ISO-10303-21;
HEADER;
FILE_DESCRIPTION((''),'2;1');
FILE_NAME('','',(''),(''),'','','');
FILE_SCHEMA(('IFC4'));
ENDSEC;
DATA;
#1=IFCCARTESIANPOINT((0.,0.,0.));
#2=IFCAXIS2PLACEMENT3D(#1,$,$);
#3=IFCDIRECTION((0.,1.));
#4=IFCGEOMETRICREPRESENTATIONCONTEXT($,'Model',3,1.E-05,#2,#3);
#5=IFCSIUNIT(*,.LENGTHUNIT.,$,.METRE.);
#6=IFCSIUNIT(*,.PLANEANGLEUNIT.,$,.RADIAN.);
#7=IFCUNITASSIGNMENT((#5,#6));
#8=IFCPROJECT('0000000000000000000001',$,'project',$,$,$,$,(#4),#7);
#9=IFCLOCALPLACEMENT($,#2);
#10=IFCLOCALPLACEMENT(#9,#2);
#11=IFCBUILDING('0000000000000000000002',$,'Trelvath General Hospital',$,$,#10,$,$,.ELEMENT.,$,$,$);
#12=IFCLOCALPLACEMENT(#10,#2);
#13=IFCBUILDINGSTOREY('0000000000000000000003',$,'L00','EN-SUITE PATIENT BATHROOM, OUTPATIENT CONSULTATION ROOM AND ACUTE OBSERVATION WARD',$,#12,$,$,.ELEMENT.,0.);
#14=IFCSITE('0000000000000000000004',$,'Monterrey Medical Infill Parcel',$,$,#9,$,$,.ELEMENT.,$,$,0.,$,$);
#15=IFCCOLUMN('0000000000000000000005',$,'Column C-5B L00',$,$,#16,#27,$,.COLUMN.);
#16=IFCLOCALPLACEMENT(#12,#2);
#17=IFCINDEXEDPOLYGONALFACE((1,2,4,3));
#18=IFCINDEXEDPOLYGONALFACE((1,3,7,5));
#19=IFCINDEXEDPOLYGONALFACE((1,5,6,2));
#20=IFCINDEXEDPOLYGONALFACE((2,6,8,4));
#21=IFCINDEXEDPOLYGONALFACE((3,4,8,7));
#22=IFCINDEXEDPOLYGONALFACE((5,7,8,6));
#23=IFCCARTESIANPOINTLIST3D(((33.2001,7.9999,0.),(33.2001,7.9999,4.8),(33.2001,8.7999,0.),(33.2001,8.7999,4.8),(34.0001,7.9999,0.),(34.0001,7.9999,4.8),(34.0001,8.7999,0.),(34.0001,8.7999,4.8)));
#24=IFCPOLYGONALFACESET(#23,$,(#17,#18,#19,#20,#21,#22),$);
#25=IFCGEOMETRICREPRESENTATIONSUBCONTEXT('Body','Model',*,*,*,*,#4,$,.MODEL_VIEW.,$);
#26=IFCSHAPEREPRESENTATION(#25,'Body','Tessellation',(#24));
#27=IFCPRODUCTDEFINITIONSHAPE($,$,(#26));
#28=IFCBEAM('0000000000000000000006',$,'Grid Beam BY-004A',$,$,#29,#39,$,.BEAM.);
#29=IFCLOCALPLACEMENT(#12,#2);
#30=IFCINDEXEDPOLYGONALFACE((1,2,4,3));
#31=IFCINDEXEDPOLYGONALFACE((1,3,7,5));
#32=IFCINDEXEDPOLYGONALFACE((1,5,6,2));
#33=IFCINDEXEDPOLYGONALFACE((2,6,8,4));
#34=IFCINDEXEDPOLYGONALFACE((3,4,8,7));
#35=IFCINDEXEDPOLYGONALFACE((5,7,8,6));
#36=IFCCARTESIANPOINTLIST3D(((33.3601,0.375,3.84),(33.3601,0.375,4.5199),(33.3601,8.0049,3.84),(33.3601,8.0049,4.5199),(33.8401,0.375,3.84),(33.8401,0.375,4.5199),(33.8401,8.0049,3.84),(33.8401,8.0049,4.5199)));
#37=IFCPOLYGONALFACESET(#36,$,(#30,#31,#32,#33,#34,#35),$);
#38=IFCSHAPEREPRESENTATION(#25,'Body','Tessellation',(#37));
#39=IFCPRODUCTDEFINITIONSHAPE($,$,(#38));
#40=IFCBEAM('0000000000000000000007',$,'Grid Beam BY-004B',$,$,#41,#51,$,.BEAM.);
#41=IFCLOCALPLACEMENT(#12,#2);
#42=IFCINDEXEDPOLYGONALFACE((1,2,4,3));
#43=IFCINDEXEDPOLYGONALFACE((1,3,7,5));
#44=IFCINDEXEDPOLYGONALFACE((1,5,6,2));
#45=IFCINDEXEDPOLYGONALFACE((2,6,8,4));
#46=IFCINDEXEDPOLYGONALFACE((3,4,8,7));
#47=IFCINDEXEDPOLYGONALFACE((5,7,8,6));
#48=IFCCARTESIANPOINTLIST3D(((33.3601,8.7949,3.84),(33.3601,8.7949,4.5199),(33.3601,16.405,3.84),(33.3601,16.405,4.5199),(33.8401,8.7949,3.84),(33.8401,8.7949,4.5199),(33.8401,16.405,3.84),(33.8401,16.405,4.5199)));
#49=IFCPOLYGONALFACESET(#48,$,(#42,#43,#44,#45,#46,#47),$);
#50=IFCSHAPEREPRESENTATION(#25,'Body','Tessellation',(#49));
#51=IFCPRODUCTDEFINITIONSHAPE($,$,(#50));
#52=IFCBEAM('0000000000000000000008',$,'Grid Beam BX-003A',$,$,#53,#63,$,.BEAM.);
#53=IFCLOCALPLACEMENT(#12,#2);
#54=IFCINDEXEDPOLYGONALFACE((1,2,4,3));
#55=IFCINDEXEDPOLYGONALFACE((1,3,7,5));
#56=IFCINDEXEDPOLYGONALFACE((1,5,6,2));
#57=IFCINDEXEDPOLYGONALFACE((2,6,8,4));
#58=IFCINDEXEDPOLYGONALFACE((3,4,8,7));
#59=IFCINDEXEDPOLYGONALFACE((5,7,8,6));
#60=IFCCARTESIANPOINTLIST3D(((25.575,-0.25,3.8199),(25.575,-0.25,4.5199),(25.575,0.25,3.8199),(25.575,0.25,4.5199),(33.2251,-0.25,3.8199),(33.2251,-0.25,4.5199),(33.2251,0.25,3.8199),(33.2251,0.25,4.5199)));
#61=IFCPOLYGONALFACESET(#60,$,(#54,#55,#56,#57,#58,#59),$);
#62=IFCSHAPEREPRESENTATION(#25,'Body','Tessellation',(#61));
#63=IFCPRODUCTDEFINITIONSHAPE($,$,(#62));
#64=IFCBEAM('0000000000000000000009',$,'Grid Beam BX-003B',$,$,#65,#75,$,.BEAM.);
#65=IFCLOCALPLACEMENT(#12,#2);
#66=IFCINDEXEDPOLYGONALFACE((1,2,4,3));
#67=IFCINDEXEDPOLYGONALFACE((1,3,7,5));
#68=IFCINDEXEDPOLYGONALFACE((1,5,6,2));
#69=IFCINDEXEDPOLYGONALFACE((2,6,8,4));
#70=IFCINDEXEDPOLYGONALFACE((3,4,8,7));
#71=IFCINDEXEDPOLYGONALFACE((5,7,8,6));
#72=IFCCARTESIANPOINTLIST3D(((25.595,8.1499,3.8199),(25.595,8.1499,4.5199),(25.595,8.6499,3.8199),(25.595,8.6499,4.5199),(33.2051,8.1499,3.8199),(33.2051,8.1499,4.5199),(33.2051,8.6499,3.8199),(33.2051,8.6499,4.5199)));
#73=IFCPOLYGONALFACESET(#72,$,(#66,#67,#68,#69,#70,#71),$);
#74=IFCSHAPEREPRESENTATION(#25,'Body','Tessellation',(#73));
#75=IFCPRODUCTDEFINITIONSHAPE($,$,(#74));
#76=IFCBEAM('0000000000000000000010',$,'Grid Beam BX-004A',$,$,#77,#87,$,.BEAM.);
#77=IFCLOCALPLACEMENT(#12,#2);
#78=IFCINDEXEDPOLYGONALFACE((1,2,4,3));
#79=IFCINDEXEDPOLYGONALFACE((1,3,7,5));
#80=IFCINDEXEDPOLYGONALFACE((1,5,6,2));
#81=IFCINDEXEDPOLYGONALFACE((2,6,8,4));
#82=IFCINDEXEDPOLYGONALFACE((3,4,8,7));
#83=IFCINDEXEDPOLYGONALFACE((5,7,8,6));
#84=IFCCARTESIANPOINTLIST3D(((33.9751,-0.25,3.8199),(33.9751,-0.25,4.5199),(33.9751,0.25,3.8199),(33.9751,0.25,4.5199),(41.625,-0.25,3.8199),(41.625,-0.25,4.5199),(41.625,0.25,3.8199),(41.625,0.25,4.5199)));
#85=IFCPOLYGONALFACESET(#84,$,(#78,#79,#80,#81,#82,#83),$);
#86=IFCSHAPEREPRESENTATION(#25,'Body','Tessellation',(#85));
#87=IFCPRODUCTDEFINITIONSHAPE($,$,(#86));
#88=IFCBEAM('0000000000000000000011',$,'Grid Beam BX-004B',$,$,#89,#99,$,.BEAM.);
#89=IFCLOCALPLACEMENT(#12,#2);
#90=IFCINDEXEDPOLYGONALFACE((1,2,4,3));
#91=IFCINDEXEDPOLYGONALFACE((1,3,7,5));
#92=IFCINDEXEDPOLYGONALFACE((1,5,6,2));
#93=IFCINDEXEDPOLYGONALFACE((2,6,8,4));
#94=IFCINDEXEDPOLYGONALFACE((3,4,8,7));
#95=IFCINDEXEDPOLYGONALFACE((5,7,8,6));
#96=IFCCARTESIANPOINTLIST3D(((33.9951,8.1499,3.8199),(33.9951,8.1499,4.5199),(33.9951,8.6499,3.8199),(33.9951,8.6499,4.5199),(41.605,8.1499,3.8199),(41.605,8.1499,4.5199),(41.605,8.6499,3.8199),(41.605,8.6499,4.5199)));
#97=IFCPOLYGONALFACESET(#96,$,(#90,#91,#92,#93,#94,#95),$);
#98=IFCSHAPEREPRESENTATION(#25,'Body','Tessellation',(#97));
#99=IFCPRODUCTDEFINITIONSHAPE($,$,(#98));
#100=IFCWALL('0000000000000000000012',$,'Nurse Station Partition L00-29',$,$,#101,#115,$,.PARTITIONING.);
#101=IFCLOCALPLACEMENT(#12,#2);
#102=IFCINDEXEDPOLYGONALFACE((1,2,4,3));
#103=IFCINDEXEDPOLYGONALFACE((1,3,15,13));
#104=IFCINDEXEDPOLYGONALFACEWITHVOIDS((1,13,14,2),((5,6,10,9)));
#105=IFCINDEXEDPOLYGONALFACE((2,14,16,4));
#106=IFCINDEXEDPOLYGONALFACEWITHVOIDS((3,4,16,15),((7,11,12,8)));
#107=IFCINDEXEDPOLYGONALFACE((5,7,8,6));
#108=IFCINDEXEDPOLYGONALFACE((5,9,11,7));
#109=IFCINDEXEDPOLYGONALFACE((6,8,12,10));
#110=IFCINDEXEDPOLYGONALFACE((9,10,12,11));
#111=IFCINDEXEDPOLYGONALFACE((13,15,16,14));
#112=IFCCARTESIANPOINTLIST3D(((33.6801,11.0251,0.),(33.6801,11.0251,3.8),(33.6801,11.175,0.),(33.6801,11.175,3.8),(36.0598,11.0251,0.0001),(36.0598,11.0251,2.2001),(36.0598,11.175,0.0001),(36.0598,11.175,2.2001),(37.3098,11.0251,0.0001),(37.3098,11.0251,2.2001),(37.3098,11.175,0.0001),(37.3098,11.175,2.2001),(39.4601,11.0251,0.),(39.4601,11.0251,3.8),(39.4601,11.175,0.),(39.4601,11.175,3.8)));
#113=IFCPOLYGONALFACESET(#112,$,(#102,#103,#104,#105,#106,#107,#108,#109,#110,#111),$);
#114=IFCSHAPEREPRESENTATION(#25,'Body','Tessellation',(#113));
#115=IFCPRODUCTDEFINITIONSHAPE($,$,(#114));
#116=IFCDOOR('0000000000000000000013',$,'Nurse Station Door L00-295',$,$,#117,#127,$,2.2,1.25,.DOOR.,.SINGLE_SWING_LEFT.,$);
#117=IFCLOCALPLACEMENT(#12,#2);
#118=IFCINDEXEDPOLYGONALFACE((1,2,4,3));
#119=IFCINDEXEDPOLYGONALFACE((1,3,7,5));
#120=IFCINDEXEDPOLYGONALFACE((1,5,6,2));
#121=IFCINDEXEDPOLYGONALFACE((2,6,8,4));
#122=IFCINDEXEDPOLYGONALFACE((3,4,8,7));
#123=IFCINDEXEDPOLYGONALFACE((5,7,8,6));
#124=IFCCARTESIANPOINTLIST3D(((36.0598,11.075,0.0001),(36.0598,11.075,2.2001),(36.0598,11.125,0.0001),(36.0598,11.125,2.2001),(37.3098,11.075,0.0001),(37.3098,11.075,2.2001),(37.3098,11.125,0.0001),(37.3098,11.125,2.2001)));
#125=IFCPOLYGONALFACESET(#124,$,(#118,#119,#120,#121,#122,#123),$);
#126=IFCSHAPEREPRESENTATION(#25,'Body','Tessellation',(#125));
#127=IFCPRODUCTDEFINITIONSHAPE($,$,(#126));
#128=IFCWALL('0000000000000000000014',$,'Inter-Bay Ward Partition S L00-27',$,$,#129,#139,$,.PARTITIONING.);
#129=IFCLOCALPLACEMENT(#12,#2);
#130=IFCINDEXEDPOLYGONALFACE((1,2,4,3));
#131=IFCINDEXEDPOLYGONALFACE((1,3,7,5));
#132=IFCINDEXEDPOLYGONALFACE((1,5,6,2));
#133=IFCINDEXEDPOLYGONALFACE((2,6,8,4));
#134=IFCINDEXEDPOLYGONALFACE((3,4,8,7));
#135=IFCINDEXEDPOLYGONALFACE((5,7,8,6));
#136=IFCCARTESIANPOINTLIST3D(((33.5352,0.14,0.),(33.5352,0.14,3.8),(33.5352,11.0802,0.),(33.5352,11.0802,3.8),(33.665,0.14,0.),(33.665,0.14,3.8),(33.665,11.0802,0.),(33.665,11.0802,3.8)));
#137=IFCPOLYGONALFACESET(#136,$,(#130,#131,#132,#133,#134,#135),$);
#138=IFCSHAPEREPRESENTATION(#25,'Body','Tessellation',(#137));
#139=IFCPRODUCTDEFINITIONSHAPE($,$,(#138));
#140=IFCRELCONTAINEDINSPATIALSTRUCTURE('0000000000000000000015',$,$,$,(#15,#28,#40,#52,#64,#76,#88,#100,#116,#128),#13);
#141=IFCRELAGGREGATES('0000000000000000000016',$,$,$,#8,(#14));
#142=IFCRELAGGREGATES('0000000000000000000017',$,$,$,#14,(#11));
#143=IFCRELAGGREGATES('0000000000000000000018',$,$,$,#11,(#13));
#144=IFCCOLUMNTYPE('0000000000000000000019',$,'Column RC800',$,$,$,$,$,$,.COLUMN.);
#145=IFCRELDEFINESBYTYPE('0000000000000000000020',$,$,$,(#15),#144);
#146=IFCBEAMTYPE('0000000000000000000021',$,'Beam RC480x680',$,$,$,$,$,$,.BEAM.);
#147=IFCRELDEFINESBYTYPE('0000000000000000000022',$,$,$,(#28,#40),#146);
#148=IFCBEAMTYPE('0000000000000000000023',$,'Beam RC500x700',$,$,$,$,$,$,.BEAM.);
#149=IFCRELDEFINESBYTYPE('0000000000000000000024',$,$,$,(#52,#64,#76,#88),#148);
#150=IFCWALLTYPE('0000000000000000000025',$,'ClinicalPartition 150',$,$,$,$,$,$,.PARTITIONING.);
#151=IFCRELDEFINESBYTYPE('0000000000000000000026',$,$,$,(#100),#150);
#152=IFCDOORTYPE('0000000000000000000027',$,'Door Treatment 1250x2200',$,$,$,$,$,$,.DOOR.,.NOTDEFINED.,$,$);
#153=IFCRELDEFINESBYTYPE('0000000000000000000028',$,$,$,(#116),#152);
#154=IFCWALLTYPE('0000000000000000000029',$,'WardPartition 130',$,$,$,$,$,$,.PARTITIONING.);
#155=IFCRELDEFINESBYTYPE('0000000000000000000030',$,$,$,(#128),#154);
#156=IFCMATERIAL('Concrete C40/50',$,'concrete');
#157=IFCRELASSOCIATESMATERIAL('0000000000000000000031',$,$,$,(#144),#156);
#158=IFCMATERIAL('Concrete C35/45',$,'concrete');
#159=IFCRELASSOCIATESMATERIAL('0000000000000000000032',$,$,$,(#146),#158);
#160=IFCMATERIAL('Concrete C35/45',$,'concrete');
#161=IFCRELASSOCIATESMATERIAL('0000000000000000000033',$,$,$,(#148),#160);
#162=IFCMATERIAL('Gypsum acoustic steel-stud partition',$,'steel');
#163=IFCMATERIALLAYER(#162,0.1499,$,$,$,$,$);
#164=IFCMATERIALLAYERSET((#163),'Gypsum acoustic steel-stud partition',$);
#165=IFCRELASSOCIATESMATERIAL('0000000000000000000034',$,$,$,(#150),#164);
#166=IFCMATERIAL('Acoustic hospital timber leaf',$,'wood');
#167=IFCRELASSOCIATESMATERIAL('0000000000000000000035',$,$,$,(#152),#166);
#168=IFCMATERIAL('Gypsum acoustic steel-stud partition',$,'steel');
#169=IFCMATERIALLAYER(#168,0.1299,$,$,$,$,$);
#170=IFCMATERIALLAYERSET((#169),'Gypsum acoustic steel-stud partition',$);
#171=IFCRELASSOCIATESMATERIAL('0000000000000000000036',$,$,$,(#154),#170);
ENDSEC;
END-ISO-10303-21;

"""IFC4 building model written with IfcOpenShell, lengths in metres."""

from ifc_helpers import new_model, si_unit, direction, frame, frame_2d, origin, origin_2d, place, context, subcontext, project, spatial, rectangle, extrude, material, layer, layer_set, material_profile, profile_set, type_object, element, fill, save


model = new_model("IFC4")

# Units and contexts
model_context = context("Model", 3, precision=1e-05, world=origin(), true_north=direction((0.0, 1.0)))
body_context = subcontext(model_context, "Body", "Model", "MODEL_VIEW")
ifc_project = project(units=[si_unit("LENGTHUNIT", "METRE"), si_unit("PLANEANGLEUNIT", "RADIAN")], contexts=[model_context])

# Site, building, storey
site_placement = place(None, origin())
site = spatial("IfcSite", under=ifc_project, at=site_placement, Name="Monterrey Medical Infill Parcel", CompositionType="ELEMENT", RefElevation=0.0)
building_placement = place(site_placement, origin())
building = spatial("IfcBuilding", under=site, at=building_placement, Name="Trelvath General Hospital", CompositionType="ELEMENT")
storey_placement = place(building_placement, origin())
storey = spatial("IfcBuildingStorey", under=building, at=storey_placement, Name="L00", Description="EN-SUITE PATIENT BATHROOM, OUTPATIENT CONSULTATION ROOM AND ACUTE OBSERVATION WARD", CompositionType="ELEMENT", Elevation=0.0)

# Column
ifc_material_1 = material(Name="Concrete C40/50", Category="concrete")
ifc_material_profile_1 = material_profile(ifc_material_1, rectangle(XDim=0.8, YDim=0.8, at=origin_2d()), Name="RC800x800")
ifc_profile_set_1 = profile_set([ifc_material_profile_1], Name="Concrete C40/50")
column_type_1 = type_object("IfcColumnType", Name="Column RC800", PredefinedType="COLUMN", material=ifc_profile_set_1)
column_1_placement = place(storey_placement, frame((33.6001, 8.3999, 0.0), z_axis=(0.0, 0.0, 1.0), x_axis=(1.0, 0.0, 0.0)))
element("IfcColumn", 1, at=column_1_placement, inside=storey, type_object=column_type_1, Name="Column C-5B L00", PredefinedType="COLUMN", context=body_context, shape_type="SweptSolid", body=[
    extrude(rectangle(XDim=0.8, YDim=0.8, at=origin_2d()), origin(), (0.0, 0.0, 1.0), 4.8),
])

# Beams
ifc_material_2 = material(Name="Concrete C35/45", Category="concrete")
ifc_material_profile_2 = material_profile(ifc_material_2, rectangle(XDim=0.48, YDim=0.6799, at=origin_2d()), Name="RCB480x680")
ifc_profile_set_2 = profile_set([ifc_material_profile_2], Name="Concrete C35/45")
beam_type_1 = type_object("IfcBeamType", Name="Beam RC480x680", PredefinedType="BEAM", material=ifc_profile_set_2)
beam_1_placement = place(storey_placement, frame((33.6001, 0.375, 4.1799), z_axis=(0.0, 1.0, 0.0), x_axis=(-1.0, 0.0, 0.0)))
element("IfcBeam", 2, at=beam_1_placement, inside=storey, type_object=beam_type_1, Name="Grid Beam BY-004A", PredefinedType="BEAM", context=body_context, shape_type="SweptSolid", body=[
    extrude(rectangle(XDim=0.48, YDim=0.6799, at=origin_2d()), origin(), (0.0, 0.0, 1.0), 7.6299),
])
beam_2_placement = place(storey_placement, frame((33.6001, 8.7949, 4.1799), z_axis=(0.0, 1.0, 0.0), x_axis=(-1.0, 0.0, 0.0)))
element("IfcBeam", 3, at=beam_2_placement, inside=storey, type_object=beam_type_1, Name="Grid Beam BY-004B", PredefinedType="BEAM", context=body_context, shape_type="SweptSolid", body=[
    extrude(rectangle(XDim=0.48, YDim=0.6799, at=origin_2d()), origin(), (0.0, 0.0, 1.0), 7.6101),
])
ifc_material_3 = material(Name="Concrete C35/45", Category="concrete")
ifc_material_profile_3 = material_profile(ifc_material_3, rectangle(XDim=0.5, YDim=0.7, at=origin_2d()), Name="RCB500x700")
ifc_profile_set_3 = profile_set([ifc_material_profile_3], Name="Concrete C35/45")
beam_type_2 = type_object("IfcBeamType", Name="Beam RC500x700", PredefinedType="BEAM", material=ifc_profile_set_3)
beam_3_placement = place(storey_placement, frame((25.575, 0.0, 4.1699), z_axis=(1.0, 0.0, 0.0), x_axis=(0.0, 1.0, 0.0)))
element("IfcBeam", 4, at=beam_3_placement, inside=storey, type_object=beam_type_2, Name="Grid Beam BX-003A", PredefinedType="BEAM", context=body_context, shape_type="SweptSolid", body=[
    extrude(rectangle(XDim=0.5, YDim=0.7, at=origin_2d()), origin(), (0.0, 0.0, 1.0), 7.6501),
])
beam_4_placement = place(storey_placement, frame((25.595, 8.3999, 4.1699), z_axis=(1.0, 0.0, 0.0), x_axis=(0.0, 1.0, 0.0)))
element("IfcBeam", 5, at=beam_4_placement, inside=storey, type_object=beam_type_2, Name="Grid Beam BX-003B", PredefinedType="BEAM", context=body_context, shape_type="SweptSolid", body=[
    extrude(rectangle(XDim=0.5, YDim=0.7, at=origin_2d()), origin(), (0.0, 0.0, 1.0), 7.6101),
])
beam_5_placement = place(storey_placement, frame((33.9751, 0.0, 4.1699), z_axis=(1.0, 0.0, 0.0), x_axis=(0.0, 1.0, 0.0)))
element("IfcBeam", 6, at=beam_5_placement, inside=storey, type_object=beam_type_2, Name="Grid Beam BX-004A", PredefinedType="BEAM", context=body_context, shape_type="SweptSolid", body=[
    extrude(rectangle(XDim=0.5, YDim=0.7, at=origin_2d()), origin(), (0.0, 0.0, 1.0), 7.6499),
])
beam_6_placement = place(storey_placement, frame((33.9951, 8.3999, 4.1699), z_axis=(1.0, 0.0, 0.0), x_axis=(0.0, 1.0, 0.0)))
element("IfcBeam", 7, at=beam_6_placement, inside=storey, type_object=beam_type_2, Name="Grid Beam BX-004B", PredefinedType="BEAM", context=body_context, shape_type="SweptSolid", body=[
    extrude(rectangle(XDim=0.5, YDim=0.7, at=origin_2d()), origin(), (0.0, 0.0, 1.0), 7.6099),
])

# Wall, opening, door
ifc_material_4 = material(Name="Gypsum acoustic steel-stud partition", Category="steel")
ifc_layer_1 = layer(ifc_material_4, 0.1499)
ifc_layer_set_1 = layer_set([ifc_layer_1], Name="Gypsum acoustic steel-stud partition")
wall_type_1 = type_object("IfcWallType", Name="ClinicalPartition 150", PredefinedType="PARTITIONING", material=ifc_layer_set_1)
wall_1_placement = place(storey_placement, frame((33.6799, 11.1001, 0.0), z_axis=(0.0, 0.0, 1.0), x_axis=(1.0, 0.0, 0.0)))
wall_1 = element("IfcWall", 8, at=wall_1_placement, inside=storey, type_object=wall_type_1, Name="Nurse Station Partition L00-29", PredefinedType="PARTITIONING", context=body_context, shape_type="SweptSolid", body=[
    extrude(rectangle(XDim=5.78, YDim=0.1499, at=frame_2d((2.8901, 0.0))), origin(), (0.0, 0.0, 1.0), 3.8),
])
opening_1_placement = place(wall_1_placement, frame((2.3799, 0.0, 0.0)))
opening_1 = element("IfcOpeningElement", 9, at=opening_1_placement, cuts=wall_1, PredefinedType="OPENING", context=body_context, shape_type="SweptSolid", body=[
    extrude(rectangle(XDim=1.25, YDim=2.2, at=frame_2d((0.625, 1.1001))), frame((0.0, 0.085, 0.0), z_axis=(0.0, -1.0, 0.0), x_axis=(1.0, 0.0, 0.0)), (0.0, 0.0, 1.0), 0.1699),
])
ifc_material_5 = material(Name="Acoustic hospital timber leaf", Category="wood")
door_type_1 = type_object("IfcDoorType", Name="Door Treatment 1250x2200", OperationType="NOTDEFINED", PredefinedType="DOOR", material=ifc_material_5)
door_1_placement = place(opening_1_placement, origin())
door_1 = element("IfcDoor", 10, at=door_1_placement, inside=storey, type_object=door_type_1, Name="Nurse Station Door L00-295", OperationType="SINGLE_SWING_LEFT", OverallHeight=2.2, OverallWidth=1.25, PredefinedType="DOOR", context=body_context, shape_type="SweptSolid", body=[
    extrude(rectangle(XDim=1.25, YDim=2.2, at=frame_2d((0.625, 1.1001))), frame((0.0, 0.0249, 0.0), z_axis=(0.0, -1.0, 0.0), x_axis=(1.0, 0.0, 0.0)), (0.0, 0.0, 1.0), 0.05),
])
fill(opening_1, door_1)

# Wall
ifc_material_6 = material(Name="Gypsum acoustic steel-stud partition", Category="steel")
ifc_layer_2 = layer(ifc_material_6, 0.1299)
ifc_layer_set_2 = layer_set([ifc_layer_2], Name="Gypsum acoustic steel-stud partition")
wall_type_2 = type_object("IfcWallType", Name="WardPartition 130", PredefinedType="PARTITIONING", material=ifc_layer_set_2)
wall_2_placement = place(storey_placement, frame((33.6001, 0.1399, 0.0), z_axis=(0.0, 0.0, 1.0), x_axis=(0.0, 1.0, 0.0)))
element("IfcWall", 11, at=wall_2_placement, inside=storey, type_object=wall_type_2, Name="Inter-Bay Ward Partition S L00-27", PredefinedType="PARTITIONING", context=body_context, shape_type="SweptSolid", body=[
    extrude(rectangle(XDim=10.9402, YDim=0.1299, at=frame_2d((5.4702, 0.0))), origin(), (0.0, 0.0, 1.0), 3.8),
])

save(model, "model.ifc")
